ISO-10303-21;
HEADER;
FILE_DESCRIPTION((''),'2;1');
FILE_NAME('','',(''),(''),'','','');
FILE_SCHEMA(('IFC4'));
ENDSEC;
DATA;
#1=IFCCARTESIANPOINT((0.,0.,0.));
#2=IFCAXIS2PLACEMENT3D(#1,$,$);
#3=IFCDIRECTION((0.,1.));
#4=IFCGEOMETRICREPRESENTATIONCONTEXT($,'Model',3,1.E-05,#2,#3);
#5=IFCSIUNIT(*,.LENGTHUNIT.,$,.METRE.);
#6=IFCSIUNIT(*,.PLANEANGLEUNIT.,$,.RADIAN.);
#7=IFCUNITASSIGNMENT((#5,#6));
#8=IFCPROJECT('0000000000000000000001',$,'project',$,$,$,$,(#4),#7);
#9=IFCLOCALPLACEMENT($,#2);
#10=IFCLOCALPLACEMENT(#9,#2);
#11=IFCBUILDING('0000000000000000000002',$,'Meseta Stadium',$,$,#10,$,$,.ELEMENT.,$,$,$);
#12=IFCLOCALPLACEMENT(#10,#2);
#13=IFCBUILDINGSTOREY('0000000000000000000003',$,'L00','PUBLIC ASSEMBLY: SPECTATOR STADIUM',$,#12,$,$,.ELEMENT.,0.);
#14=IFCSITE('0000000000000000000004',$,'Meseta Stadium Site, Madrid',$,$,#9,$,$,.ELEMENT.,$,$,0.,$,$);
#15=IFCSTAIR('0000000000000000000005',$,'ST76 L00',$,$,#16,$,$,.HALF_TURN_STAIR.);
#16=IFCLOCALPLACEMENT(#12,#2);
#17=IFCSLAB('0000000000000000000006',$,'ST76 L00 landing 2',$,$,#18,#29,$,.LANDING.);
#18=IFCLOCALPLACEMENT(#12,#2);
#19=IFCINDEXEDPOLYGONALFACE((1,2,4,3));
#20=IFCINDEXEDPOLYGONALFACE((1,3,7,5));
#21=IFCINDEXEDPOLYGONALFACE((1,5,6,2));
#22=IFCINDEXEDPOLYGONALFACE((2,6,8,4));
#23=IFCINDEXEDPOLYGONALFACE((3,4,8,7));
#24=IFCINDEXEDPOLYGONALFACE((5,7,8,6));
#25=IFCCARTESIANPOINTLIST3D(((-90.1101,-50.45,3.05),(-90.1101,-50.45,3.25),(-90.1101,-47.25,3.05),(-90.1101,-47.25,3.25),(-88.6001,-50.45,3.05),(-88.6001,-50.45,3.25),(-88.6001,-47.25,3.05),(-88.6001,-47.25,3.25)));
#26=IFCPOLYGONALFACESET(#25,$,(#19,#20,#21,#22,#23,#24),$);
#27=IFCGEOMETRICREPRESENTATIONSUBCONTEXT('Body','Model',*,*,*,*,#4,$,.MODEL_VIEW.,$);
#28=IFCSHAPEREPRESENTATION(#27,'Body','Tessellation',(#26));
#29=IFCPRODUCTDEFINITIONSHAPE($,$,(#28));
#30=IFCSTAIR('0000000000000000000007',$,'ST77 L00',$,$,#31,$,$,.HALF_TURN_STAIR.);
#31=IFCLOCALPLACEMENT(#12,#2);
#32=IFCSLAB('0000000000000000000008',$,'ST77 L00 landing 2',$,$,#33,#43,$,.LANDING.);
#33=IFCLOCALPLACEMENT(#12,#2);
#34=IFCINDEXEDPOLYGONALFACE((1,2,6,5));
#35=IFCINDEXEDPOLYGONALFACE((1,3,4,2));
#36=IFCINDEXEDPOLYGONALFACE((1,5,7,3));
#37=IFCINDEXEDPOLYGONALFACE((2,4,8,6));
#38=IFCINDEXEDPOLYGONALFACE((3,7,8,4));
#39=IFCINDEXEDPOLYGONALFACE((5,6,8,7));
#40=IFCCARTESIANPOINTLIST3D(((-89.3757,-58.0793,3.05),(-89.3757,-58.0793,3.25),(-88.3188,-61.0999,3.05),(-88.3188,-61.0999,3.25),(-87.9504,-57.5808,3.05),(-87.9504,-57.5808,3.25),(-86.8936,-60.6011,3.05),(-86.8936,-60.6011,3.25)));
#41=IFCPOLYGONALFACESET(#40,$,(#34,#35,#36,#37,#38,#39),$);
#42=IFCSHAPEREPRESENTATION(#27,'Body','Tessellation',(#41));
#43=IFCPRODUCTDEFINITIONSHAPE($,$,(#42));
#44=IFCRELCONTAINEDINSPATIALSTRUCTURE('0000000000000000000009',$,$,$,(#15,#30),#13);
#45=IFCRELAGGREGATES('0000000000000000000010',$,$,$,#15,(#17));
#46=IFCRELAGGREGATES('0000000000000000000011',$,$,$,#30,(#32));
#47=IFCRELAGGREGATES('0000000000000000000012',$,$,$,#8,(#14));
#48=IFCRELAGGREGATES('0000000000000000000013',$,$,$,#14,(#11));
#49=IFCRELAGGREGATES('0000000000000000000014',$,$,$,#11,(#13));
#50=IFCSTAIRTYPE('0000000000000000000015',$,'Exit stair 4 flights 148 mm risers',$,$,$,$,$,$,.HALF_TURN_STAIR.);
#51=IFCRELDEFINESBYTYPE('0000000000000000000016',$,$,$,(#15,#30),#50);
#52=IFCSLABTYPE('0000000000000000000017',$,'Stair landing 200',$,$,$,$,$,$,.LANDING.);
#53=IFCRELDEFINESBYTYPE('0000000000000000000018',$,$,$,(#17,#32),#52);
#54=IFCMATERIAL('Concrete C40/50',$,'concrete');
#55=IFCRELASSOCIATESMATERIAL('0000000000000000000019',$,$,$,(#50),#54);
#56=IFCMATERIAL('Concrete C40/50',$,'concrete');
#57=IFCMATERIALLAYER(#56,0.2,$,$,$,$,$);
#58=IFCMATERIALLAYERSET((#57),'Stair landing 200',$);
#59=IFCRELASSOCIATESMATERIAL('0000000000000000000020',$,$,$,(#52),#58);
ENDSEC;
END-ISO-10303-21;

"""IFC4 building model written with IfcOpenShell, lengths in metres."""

from ifc_helpers import new_model, si_unit, direction, frame, origin, place, context, subcontext, project, spatial, polyline, outline, extrude, material, layer, layer_set, type_object, element, aggregate, save


model = new_model("IFC4")

# Units and contexts
model_context = context("Model", 3, precision=1e-05, world=origin(), true_north=direction((0.0, 1.0)))
body_context = subcontext(model_context, "Body", "Model", "MODEL_VIEW")
ifc_project = project(units=[si_unit("LENGTHUNIT", "METRE"), si_unit("PLANEANGLEUNIT", "RADIAN")], contexts=[model_context])

# Site, building, storey
site_placement = place(None, origin())
site = spatial("IfcSite", under=ifc_project, at=site_placement, Name="Meseta Stadium Site, Madrid", CompositionType="ELEMENT", RefElevation=0.0)
building_placement = place(site_placement, origin())
building = spatial("IfcBuilding", under=site, at=building_placement, Name="Meseta Stadium", CompositionType="ELEMENT")
storey_placement = place(building_placement, origin())
storey = spatial("IfcBuildingStorey", under=building, at=storey_placement, Name="L00", Description="PUBLIC ASSEMBLY: SPECTATOR STADIUM", CompositionType="ELEMENT", Elevation=0.0)

# Stairs, slabs
ifc_material_1 = material(Name="Concrete C40/50", Category="concrete")
stair_type = type_object("IfcStairType", Name="Exit stair 4 flights 148 mm risers", PredefinedType="HALF_TURN_STAIR", material=ifc_material_1)
ifc_material_2 = material(Name="Concrete C40/50", Category="concrete")
ifc_layer = layer(ifc_material_2, 0.2)
ifc_layer_set = layer_set([ifc_layer], Name="Stair landing 200")
slab_type = type_object("IfcSlabType", Name="Stair landing 200", PredefinedType="LANDING", material=ifc_layer_set)
stair_1_placement = place(storey_placement, origin())
stair_1 = element("IfcStair", 1, at=stair_1_placement, inside=storey, type_object=stair_type, Name="ST76 L00", PredefinedType="HALF_TURN_STAIR")
slab_1_placement = place(storey_placement, frame((0.0, 0.0, 3.05)))
slab_1 = element("IfcSlab", 2, at=slab_1_placement, type_object=slab_type, Name="ST76 L00 landing 2", PredefinedType="LANDING", context=body_context, shape_type="SweptSolid", body=[
    extrude(outline(polyline([(-88.6001, -47.25), (-90.1101, -47.25), (-90.1101, -50.45), (-88.6001, -50.45), (-88.6001, -47.25)])), origin(), (0.0, 0.0, 1.0), 0.2),
])
aggregate(stair_1, [slab_1])
stair_2_placement = place(storey_placement, origin())
stair_2 = element("IfcStair", 3, at=stair_2_placement, inside=storey, type_object=stair_type, Name="ST77 L00", PredefinedType="HALF_TURN_STAIR")
slab_2_placement = place(storey_placement, frame((0.0, 0.0, 3.05)))
slab_2 = element("IfcSlab", 4, at=slab_2_placement, type_object=slab_type, Name="ST77 L00 landing 2", PredefinedType="LANDING", context=body_context, shape_type="SweptSolid", body=[
    extrude(outline(polyline([(-87.9504, -57.5808), (-89.3757, -58.0793), (-88.3188, -61.0999), (-86.8936, -60.6011), (-87.9504, -57.5808)])), origin(), (0.0, 0.0, 1.0), 0.2),
])
aggregate(stair_2, [slab_2])

save(model, "model.ifc")
